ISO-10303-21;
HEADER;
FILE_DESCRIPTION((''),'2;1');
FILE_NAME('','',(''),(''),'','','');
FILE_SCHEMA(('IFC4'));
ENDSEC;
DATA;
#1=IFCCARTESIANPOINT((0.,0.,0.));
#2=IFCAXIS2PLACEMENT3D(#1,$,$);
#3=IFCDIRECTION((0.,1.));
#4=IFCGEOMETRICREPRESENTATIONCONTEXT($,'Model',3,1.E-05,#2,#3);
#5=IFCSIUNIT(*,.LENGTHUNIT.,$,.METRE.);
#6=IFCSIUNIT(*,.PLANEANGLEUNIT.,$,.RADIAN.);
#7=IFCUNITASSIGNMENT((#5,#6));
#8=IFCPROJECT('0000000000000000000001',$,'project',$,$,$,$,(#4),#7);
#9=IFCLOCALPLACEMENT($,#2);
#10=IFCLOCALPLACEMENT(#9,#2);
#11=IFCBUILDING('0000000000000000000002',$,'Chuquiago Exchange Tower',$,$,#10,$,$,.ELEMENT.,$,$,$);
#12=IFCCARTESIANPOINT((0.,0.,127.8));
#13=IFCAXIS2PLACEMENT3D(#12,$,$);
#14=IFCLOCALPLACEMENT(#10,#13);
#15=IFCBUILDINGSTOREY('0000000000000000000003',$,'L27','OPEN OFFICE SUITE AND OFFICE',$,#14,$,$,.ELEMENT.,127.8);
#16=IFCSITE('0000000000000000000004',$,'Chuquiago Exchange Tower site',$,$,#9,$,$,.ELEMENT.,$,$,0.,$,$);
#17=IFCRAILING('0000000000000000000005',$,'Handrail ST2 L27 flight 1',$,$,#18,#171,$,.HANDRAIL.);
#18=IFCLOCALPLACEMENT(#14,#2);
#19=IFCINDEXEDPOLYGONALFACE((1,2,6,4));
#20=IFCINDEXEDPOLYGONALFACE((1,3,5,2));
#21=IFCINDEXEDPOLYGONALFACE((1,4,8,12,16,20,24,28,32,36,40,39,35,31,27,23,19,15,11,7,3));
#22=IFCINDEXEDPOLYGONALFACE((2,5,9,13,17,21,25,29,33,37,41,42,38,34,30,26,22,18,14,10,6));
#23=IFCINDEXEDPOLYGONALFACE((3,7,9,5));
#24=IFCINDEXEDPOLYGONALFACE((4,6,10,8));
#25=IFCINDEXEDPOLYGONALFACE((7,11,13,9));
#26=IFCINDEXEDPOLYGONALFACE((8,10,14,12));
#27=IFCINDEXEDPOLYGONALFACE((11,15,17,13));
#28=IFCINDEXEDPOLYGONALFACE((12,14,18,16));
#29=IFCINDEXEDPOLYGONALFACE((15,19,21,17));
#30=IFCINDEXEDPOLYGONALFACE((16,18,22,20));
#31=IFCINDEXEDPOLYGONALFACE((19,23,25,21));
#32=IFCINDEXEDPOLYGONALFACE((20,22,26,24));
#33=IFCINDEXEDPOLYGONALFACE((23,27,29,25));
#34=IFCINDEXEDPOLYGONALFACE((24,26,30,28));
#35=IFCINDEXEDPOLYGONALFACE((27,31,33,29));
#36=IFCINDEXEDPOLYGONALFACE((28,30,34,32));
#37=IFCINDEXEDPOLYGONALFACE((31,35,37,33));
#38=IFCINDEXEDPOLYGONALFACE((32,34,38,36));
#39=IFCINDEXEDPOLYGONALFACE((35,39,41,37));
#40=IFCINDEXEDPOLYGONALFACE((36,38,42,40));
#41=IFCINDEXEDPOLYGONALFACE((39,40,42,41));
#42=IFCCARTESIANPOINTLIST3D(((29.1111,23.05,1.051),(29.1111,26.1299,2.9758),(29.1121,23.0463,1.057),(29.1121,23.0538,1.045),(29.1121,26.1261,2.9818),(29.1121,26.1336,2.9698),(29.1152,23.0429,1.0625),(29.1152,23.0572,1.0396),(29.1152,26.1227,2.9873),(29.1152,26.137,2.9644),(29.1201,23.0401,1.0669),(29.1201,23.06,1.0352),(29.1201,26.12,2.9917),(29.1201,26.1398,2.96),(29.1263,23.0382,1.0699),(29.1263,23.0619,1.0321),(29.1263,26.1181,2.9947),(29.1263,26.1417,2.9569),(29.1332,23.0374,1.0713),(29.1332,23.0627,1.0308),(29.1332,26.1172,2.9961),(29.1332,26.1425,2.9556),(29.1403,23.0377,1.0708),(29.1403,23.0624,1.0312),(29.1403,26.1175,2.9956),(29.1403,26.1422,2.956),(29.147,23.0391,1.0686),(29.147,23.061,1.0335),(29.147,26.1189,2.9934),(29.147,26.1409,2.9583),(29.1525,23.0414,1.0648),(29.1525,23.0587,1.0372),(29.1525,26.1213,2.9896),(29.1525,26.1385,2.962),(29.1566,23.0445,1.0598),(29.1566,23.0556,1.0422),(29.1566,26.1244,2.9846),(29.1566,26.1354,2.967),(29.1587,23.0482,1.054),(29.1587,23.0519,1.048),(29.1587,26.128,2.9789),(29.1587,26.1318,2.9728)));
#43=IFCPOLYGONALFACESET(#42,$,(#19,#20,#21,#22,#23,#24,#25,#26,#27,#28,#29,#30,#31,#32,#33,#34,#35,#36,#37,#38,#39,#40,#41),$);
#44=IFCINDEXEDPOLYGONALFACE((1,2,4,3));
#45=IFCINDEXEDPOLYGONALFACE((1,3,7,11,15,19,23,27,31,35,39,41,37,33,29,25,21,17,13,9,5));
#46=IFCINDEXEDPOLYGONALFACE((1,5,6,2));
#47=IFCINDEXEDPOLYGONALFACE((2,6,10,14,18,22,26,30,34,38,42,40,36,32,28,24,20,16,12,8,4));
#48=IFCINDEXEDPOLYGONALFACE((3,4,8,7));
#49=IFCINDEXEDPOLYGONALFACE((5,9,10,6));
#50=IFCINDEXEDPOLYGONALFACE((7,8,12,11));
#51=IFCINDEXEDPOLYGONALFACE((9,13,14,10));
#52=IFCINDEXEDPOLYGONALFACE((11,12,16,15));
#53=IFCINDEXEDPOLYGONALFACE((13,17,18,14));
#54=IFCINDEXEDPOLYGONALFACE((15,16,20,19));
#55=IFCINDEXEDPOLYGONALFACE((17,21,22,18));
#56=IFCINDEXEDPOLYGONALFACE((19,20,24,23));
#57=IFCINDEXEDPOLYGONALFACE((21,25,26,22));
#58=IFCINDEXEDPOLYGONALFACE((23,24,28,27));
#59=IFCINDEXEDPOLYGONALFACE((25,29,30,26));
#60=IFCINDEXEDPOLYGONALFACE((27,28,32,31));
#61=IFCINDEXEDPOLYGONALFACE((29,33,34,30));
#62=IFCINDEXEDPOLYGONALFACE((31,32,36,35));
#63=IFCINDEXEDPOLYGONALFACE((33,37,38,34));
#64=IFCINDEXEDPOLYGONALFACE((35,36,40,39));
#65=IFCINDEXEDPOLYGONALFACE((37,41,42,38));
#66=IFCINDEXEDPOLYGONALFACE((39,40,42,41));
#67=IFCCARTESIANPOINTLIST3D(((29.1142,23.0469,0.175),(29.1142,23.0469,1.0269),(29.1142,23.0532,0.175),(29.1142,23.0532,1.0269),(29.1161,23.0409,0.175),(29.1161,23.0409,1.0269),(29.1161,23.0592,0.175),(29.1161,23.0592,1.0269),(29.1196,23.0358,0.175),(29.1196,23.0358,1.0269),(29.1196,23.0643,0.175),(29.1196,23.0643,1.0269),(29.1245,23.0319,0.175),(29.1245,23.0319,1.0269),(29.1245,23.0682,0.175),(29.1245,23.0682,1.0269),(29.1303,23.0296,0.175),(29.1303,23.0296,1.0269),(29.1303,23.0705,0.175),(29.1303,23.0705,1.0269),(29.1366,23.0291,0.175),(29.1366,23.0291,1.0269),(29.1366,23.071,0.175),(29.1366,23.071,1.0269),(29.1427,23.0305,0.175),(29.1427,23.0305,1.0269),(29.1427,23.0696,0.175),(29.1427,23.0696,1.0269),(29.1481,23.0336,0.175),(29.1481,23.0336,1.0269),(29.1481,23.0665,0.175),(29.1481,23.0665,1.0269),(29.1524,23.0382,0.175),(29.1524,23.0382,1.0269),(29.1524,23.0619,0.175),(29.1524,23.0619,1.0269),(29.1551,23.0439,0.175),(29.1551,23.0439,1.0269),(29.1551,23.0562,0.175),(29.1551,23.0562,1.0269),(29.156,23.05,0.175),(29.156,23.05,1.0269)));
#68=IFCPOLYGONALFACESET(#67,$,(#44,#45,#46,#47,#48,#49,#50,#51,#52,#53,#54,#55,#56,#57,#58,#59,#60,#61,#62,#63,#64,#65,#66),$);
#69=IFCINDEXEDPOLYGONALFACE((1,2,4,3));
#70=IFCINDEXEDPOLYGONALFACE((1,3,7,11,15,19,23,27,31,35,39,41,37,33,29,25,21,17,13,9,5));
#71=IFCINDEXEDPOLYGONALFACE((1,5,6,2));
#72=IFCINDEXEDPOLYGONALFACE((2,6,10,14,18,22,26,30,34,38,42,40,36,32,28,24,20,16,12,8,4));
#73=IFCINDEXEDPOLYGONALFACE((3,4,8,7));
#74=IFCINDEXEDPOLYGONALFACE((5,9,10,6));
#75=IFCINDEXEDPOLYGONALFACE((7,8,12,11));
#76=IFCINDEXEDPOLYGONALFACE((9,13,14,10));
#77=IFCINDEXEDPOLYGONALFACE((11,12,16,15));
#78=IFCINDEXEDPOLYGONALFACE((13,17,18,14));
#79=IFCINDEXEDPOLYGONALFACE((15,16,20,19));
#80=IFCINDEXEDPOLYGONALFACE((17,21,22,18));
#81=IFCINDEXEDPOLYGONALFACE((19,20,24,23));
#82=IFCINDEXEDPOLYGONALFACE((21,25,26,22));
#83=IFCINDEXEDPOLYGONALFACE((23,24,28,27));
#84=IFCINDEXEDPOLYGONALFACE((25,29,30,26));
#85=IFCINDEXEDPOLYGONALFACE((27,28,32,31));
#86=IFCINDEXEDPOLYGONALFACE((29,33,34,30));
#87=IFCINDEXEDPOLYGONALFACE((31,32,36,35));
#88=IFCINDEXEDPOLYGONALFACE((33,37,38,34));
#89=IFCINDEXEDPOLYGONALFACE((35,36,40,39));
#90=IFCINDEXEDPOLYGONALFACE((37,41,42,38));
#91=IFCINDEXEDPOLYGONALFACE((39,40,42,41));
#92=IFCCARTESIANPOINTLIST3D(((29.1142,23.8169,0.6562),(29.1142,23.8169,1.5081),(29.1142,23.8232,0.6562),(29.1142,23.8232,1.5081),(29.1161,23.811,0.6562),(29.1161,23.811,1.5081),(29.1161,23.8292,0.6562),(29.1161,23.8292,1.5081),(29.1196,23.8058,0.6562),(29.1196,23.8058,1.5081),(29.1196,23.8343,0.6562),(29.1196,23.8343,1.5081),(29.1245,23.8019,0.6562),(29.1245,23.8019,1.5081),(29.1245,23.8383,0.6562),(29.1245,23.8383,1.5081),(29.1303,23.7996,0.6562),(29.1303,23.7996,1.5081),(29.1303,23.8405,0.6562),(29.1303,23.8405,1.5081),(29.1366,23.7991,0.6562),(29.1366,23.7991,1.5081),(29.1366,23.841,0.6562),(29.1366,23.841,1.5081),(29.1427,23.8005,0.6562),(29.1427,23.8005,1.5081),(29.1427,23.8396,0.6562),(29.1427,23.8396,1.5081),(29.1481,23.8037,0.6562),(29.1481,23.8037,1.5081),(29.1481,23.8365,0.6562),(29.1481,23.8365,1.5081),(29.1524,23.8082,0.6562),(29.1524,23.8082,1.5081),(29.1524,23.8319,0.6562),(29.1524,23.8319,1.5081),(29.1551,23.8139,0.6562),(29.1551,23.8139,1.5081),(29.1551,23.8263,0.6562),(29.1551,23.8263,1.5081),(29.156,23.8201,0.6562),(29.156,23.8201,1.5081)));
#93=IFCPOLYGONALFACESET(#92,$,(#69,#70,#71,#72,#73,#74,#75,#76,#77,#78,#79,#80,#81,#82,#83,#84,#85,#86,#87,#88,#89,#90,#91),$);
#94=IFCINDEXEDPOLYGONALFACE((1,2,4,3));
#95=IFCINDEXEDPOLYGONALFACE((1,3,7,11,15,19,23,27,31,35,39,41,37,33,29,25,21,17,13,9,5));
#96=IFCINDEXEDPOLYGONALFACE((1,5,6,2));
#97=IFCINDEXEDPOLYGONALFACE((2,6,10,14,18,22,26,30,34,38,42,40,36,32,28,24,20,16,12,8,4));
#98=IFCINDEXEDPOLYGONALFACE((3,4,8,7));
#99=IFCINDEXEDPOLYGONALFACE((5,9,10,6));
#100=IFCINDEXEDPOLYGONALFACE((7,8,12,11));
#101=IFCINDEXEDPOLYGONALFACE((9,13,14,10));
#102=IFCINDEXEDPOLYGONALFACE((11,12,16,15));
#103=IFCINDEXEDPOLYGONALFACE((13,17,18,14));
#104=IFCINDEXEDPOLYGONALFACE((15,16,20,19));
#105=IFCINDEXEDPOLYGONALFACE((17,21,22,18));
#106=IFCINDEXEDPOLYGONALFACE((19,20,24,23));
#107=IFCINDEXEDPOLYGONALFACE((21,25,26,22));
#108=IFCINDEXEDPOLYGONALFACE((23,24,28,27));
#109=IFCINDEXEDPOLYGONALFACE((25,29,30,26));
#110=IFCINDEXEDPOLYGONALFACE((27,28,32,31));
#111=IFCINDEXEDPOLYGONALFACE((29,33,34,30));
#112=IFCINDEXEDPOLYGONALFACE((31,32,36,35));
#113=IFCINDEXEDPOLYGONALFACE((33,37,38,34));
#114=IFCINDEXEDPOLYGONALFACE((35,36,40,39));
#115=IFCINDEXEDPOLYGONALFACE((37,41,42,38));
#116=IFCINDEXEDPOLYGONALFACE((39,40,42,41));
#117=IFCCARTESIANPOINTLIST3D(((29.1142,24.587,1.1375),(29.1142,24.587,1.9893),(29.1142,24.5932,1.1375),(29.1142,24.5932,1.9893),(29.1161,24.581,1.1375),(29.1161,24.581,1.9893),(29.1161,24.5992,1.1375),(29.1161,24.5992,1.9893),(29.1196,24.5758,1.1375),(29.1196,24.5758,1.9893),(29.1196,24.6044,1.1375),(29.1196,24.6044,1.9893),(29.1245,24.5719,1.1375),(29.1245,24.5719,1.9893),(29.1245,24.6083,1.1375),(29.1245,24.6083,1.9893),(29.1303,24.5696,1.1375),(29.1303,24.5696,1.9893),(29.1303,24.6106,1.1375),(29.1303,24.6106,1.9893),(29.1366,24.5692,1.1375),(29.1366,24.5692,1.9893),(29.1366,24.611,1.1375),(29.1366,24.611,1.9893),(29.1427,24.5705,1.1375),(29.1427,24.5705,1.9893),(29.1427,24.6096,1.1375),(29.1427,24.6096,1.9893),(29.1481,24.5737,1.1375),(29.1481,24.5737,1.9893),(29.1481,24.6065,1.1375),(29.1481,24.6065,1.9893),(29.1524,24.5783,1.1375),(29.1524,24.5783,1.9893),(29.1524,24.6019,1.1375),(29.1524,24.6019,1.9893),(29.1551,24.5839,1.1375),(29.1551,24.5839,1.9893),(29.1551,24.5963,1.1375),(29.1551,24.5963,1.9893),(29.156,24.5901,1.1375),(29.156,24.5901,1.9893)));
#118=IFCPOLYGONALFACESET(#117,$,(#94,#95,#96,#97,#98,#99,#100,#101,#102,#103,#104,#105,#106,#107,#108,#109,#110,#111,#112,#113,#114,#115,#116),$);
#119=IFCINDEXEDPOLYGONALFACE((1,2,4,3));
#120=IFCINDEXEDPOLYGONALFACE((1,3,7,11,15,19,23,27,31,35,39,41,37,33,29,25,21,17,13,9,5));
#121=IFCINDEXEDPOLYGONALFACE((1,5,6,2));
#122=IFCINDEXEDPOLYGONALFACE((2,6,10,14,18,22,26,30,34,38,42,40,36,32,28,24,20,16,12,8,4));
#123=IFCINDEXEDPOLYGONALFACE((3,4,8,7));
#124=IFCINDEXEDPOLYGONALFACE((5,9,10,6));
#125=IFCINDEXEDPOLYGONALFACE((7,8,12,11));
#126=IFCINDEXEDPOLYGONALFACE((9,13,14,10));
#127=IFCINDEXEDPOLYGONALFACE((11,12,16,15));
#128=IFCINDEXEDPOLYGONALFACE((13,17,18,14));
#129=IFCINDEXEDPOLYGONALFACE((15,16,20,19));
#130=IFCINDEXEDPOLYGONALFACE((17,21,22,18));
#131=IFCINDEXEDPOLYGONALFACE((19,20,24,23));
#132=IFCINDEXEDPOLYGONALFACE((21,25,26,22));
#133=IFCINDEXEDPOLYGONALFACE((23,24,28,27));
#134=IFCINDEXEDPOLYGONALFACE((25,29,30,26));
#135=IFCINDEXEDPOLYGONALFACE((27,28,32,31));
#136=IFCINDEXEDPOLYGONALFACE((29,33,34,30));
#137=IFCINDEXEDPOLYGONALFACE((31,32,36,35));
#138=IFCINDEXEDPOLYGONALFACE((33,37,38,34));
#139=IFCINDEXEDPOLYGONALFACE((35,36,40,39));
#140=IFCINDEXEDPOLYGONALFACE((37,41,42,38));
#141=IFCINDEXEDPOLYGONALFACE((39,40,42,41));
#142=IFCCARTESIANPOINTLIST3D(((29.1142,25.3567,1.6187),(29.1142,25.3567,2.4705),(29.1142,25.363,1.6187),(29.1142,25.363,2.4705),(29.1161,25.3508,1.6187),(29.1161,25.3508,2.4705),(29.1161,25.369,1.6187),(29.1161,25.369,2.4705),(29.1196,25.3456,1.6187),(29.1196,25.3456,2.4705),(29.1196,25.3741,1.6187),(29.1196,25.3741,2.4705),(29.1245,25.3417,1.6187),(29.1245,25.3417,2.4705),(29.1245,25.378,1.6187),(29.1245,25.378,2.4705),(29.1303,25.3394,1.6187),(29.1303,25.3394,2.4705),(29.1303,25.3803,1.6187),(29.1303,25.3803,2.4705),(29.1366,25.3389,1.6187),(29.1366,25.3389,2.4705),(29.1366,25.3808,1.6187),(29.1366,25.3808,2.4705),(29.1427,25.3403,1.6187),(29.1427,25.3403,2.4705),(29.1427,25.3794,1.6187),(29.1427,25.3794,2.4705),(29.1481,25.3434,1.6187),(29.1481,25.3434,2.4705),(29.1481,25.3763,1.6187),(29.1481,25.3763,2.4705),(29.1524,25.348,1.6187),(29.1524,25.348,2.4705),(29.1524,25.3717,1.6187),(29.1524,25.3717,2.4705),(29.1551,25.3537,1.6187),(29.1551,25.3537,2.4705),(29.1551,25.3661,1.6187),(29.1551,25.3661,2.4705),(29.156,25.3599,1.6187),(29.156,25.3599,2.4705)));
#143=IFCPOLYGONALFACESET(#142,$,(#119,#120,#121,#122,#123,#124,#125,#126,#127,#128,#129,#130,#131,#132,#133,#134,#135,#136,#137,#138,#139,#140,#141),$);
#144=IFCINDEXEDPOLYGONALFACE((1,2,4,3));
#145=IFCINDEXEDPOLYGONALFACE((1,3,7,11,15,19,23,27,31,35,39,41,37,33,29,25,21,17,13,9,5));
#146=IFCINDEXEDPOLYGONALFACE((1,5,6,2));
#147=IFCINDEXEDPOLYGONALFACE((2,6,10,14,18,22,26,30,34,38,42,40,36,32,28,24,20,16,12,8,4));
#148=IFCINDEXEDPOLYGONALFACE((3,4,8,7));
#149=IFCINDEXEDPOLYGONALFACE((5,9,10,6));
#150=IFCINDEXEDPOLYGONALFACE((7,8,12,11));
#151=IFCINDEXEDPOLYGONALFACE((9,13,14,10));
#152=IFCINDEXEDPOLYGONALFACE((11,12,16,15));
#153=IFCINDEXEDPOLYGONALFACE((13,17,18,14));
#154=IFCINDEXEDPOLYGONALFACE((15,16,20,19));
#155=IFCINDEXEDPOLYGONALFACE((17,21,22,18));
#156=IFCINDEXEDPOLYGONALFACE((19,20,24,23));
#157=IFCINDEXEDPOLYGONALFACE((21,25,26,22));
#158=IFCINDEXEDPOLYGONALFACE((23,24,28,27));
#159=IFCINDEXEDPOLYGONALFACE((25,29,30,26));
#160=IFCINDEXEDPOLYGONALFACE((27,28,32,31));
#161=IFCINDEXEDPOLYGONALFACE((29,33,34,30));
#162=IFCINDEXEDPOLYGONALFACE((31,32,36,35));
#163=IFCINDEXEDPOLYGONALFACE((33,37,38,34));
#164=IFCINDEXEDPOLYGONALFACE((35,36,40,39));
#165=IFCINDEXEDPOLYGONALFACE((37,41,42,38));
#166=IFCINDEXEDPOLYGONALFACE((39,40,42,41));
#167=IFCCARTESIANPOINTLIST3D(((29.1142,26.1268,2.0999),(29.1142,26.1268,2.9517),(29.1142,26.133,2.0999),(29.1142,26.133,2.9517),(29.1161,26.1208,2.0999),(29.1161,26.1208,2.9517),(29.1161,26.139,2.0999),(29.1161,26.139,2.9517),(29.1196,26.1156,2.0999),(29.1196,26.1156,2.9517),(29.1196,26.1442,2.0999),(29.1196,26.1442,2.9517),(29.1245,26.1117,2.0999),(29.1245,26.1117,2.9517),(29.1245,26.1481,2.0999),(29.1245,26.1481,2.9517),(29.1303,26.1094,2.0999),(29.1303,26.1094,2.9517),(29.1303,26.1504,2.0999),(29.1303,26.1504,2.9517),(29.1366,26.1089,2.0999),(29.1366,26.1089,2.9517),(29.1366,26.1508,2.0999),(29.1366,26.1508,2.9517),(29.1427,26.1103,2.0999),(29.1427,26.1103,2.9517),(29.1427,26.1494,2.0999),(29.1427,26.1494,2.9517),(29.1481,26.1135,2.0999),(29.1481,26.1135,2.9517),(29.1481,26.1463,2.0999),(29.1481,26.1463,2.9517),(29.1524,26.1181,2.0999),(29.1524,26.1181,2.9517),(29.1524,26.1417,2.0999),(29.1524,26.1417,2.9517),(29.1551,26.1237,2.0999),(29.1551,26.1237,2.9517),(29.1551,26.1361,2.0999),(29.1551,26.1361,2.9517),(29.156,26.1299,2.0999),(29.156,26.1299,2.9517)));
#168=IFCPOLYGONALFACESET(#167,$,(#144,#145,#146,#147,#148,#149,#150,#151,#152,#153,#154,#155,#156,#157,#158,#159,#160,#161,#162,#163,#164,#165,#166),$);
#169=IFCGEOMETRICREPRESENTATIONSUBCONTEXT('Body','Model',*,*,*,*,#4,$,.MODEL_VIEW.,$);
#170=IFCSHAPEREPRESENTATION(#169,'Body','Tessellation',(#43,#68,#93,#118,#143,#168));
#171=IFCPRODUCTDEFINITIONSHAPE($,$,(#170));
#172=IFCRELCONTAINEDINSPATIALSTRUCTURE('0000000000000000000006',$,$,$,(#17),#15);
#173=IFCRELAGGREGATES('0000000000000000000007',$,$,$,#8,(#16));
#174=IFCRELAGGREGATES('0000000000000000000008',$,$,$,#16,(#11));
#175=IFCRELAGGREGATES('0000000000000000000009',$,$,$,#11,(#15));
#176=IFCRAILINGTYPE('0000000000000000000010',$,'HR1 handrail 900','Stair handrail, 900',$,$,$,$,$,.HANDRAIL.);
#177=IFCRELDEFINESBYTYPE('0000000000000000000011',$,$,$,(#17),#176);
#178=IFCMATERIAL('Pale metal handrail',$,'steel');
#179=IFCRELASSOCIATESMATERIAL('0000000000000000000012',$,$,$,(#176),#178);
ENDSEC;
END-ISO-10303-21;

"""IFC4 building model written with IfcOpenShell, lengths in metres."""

from ifc_helpers import new_model, si_unit, direction, frame, origin, origin_2d, place, context, subcontext, project, spatial, circle, extrude, material, type_object, element, save


model = new_model("IFC4")

# Units and contexts
model_context = context("Model", 3, precision=1e-05, world=origin(), true_north=direction((0.0, 1.0)))
body_context = subcontext(model_context, "Body", "Model", "MODEL_VIEW")
ifc_project = project(units=[si_unit("LENGTHUNIT", "METRE"), si_unit("PLANEANGLEUNIT", "RADIAN")], contexts=[model_context])

# Site, building, storey
site_placement = place(None, origin())
site = spatial("IfcSite", under=ifc_project, at=site_placement, Name="Chuquiago Exchange Tower site", CompositionType="ELEMENT", RefElevation=0.0)
building_placement = place(site_placement, origin())
building = spatial("IfcBuilding", under=site, at=building_placement, Name="Chuquiago Exchange Tower", CompositionType="ELEMENT")
storey_placement = place(building_placement, frame((0.0, 0.0, 127.8)))
storey = spatial("IfcBuildingStorey", under=building, at=storey_placement, Name="L27", Description="OPEN OFFICE SUITE AND OFFICE", CompositionType="ELEMENT", Elevation=127.8)

# Railing
ifc_material_1 = material(Name="Pale metal handrail", Category="steel")
railing_type = type_object("IfcRailingType", Name="HR1 handrail 900", Description="Stair handrail, 900", PredefinedType="HANDRAIL", material=ifc_material_1)
for number, where, name in (
    (1, (29.135, 23.05, 0.175), "Handrail ST2 L27 flight 1"),
):
    element("IfcRailing", number, at=place(storey_placement, frame(where)), inside=storey, type_object=railing_type, Name=name, PredefinedType="HANDRAIL", context=body_context, shape_type="SweptSolid", body=[
        extrude(circle(Radius=0.0239, at=origin_2d()), frame((0.0, 0.0, 0.876), z_axis=(0.0, 0.84801, 0.529981), x_axis=(-1.0, 0.0, 0.0)), (0.0, 0.0, 1.0), 3.6318),
        extrude(circle(Radius=0.021, at=origin_2d()), origin(), (0.0, 0.0, 1.0), 0.8518),
        extrude(circle(Radius=0.021, at=origin_2d()), frame((0.0, 0.77, 0.4812)), (0.0, 0.0, 1.0), 0.8518),
        extrude(circle(Radius=0.021, at=origin_2d()), frame((0.0, 1.54, 0.9624)), (0.0, 0.0, 1.0), 0.8518),
        extrude(circle(Radius=0.021, at=origin_2d()), frame((0.0, 2.3098, 1.4436)), (0.0, 0.0, 1.0), 0.8518),
        extrude(circle(Radius=0.021, at=origin_2d()), frame((0.0, 3.0798, 1.9248)), (0.0, 0.0, 1.0), 0.8518),
    ])

save(model, "model.ifc")
